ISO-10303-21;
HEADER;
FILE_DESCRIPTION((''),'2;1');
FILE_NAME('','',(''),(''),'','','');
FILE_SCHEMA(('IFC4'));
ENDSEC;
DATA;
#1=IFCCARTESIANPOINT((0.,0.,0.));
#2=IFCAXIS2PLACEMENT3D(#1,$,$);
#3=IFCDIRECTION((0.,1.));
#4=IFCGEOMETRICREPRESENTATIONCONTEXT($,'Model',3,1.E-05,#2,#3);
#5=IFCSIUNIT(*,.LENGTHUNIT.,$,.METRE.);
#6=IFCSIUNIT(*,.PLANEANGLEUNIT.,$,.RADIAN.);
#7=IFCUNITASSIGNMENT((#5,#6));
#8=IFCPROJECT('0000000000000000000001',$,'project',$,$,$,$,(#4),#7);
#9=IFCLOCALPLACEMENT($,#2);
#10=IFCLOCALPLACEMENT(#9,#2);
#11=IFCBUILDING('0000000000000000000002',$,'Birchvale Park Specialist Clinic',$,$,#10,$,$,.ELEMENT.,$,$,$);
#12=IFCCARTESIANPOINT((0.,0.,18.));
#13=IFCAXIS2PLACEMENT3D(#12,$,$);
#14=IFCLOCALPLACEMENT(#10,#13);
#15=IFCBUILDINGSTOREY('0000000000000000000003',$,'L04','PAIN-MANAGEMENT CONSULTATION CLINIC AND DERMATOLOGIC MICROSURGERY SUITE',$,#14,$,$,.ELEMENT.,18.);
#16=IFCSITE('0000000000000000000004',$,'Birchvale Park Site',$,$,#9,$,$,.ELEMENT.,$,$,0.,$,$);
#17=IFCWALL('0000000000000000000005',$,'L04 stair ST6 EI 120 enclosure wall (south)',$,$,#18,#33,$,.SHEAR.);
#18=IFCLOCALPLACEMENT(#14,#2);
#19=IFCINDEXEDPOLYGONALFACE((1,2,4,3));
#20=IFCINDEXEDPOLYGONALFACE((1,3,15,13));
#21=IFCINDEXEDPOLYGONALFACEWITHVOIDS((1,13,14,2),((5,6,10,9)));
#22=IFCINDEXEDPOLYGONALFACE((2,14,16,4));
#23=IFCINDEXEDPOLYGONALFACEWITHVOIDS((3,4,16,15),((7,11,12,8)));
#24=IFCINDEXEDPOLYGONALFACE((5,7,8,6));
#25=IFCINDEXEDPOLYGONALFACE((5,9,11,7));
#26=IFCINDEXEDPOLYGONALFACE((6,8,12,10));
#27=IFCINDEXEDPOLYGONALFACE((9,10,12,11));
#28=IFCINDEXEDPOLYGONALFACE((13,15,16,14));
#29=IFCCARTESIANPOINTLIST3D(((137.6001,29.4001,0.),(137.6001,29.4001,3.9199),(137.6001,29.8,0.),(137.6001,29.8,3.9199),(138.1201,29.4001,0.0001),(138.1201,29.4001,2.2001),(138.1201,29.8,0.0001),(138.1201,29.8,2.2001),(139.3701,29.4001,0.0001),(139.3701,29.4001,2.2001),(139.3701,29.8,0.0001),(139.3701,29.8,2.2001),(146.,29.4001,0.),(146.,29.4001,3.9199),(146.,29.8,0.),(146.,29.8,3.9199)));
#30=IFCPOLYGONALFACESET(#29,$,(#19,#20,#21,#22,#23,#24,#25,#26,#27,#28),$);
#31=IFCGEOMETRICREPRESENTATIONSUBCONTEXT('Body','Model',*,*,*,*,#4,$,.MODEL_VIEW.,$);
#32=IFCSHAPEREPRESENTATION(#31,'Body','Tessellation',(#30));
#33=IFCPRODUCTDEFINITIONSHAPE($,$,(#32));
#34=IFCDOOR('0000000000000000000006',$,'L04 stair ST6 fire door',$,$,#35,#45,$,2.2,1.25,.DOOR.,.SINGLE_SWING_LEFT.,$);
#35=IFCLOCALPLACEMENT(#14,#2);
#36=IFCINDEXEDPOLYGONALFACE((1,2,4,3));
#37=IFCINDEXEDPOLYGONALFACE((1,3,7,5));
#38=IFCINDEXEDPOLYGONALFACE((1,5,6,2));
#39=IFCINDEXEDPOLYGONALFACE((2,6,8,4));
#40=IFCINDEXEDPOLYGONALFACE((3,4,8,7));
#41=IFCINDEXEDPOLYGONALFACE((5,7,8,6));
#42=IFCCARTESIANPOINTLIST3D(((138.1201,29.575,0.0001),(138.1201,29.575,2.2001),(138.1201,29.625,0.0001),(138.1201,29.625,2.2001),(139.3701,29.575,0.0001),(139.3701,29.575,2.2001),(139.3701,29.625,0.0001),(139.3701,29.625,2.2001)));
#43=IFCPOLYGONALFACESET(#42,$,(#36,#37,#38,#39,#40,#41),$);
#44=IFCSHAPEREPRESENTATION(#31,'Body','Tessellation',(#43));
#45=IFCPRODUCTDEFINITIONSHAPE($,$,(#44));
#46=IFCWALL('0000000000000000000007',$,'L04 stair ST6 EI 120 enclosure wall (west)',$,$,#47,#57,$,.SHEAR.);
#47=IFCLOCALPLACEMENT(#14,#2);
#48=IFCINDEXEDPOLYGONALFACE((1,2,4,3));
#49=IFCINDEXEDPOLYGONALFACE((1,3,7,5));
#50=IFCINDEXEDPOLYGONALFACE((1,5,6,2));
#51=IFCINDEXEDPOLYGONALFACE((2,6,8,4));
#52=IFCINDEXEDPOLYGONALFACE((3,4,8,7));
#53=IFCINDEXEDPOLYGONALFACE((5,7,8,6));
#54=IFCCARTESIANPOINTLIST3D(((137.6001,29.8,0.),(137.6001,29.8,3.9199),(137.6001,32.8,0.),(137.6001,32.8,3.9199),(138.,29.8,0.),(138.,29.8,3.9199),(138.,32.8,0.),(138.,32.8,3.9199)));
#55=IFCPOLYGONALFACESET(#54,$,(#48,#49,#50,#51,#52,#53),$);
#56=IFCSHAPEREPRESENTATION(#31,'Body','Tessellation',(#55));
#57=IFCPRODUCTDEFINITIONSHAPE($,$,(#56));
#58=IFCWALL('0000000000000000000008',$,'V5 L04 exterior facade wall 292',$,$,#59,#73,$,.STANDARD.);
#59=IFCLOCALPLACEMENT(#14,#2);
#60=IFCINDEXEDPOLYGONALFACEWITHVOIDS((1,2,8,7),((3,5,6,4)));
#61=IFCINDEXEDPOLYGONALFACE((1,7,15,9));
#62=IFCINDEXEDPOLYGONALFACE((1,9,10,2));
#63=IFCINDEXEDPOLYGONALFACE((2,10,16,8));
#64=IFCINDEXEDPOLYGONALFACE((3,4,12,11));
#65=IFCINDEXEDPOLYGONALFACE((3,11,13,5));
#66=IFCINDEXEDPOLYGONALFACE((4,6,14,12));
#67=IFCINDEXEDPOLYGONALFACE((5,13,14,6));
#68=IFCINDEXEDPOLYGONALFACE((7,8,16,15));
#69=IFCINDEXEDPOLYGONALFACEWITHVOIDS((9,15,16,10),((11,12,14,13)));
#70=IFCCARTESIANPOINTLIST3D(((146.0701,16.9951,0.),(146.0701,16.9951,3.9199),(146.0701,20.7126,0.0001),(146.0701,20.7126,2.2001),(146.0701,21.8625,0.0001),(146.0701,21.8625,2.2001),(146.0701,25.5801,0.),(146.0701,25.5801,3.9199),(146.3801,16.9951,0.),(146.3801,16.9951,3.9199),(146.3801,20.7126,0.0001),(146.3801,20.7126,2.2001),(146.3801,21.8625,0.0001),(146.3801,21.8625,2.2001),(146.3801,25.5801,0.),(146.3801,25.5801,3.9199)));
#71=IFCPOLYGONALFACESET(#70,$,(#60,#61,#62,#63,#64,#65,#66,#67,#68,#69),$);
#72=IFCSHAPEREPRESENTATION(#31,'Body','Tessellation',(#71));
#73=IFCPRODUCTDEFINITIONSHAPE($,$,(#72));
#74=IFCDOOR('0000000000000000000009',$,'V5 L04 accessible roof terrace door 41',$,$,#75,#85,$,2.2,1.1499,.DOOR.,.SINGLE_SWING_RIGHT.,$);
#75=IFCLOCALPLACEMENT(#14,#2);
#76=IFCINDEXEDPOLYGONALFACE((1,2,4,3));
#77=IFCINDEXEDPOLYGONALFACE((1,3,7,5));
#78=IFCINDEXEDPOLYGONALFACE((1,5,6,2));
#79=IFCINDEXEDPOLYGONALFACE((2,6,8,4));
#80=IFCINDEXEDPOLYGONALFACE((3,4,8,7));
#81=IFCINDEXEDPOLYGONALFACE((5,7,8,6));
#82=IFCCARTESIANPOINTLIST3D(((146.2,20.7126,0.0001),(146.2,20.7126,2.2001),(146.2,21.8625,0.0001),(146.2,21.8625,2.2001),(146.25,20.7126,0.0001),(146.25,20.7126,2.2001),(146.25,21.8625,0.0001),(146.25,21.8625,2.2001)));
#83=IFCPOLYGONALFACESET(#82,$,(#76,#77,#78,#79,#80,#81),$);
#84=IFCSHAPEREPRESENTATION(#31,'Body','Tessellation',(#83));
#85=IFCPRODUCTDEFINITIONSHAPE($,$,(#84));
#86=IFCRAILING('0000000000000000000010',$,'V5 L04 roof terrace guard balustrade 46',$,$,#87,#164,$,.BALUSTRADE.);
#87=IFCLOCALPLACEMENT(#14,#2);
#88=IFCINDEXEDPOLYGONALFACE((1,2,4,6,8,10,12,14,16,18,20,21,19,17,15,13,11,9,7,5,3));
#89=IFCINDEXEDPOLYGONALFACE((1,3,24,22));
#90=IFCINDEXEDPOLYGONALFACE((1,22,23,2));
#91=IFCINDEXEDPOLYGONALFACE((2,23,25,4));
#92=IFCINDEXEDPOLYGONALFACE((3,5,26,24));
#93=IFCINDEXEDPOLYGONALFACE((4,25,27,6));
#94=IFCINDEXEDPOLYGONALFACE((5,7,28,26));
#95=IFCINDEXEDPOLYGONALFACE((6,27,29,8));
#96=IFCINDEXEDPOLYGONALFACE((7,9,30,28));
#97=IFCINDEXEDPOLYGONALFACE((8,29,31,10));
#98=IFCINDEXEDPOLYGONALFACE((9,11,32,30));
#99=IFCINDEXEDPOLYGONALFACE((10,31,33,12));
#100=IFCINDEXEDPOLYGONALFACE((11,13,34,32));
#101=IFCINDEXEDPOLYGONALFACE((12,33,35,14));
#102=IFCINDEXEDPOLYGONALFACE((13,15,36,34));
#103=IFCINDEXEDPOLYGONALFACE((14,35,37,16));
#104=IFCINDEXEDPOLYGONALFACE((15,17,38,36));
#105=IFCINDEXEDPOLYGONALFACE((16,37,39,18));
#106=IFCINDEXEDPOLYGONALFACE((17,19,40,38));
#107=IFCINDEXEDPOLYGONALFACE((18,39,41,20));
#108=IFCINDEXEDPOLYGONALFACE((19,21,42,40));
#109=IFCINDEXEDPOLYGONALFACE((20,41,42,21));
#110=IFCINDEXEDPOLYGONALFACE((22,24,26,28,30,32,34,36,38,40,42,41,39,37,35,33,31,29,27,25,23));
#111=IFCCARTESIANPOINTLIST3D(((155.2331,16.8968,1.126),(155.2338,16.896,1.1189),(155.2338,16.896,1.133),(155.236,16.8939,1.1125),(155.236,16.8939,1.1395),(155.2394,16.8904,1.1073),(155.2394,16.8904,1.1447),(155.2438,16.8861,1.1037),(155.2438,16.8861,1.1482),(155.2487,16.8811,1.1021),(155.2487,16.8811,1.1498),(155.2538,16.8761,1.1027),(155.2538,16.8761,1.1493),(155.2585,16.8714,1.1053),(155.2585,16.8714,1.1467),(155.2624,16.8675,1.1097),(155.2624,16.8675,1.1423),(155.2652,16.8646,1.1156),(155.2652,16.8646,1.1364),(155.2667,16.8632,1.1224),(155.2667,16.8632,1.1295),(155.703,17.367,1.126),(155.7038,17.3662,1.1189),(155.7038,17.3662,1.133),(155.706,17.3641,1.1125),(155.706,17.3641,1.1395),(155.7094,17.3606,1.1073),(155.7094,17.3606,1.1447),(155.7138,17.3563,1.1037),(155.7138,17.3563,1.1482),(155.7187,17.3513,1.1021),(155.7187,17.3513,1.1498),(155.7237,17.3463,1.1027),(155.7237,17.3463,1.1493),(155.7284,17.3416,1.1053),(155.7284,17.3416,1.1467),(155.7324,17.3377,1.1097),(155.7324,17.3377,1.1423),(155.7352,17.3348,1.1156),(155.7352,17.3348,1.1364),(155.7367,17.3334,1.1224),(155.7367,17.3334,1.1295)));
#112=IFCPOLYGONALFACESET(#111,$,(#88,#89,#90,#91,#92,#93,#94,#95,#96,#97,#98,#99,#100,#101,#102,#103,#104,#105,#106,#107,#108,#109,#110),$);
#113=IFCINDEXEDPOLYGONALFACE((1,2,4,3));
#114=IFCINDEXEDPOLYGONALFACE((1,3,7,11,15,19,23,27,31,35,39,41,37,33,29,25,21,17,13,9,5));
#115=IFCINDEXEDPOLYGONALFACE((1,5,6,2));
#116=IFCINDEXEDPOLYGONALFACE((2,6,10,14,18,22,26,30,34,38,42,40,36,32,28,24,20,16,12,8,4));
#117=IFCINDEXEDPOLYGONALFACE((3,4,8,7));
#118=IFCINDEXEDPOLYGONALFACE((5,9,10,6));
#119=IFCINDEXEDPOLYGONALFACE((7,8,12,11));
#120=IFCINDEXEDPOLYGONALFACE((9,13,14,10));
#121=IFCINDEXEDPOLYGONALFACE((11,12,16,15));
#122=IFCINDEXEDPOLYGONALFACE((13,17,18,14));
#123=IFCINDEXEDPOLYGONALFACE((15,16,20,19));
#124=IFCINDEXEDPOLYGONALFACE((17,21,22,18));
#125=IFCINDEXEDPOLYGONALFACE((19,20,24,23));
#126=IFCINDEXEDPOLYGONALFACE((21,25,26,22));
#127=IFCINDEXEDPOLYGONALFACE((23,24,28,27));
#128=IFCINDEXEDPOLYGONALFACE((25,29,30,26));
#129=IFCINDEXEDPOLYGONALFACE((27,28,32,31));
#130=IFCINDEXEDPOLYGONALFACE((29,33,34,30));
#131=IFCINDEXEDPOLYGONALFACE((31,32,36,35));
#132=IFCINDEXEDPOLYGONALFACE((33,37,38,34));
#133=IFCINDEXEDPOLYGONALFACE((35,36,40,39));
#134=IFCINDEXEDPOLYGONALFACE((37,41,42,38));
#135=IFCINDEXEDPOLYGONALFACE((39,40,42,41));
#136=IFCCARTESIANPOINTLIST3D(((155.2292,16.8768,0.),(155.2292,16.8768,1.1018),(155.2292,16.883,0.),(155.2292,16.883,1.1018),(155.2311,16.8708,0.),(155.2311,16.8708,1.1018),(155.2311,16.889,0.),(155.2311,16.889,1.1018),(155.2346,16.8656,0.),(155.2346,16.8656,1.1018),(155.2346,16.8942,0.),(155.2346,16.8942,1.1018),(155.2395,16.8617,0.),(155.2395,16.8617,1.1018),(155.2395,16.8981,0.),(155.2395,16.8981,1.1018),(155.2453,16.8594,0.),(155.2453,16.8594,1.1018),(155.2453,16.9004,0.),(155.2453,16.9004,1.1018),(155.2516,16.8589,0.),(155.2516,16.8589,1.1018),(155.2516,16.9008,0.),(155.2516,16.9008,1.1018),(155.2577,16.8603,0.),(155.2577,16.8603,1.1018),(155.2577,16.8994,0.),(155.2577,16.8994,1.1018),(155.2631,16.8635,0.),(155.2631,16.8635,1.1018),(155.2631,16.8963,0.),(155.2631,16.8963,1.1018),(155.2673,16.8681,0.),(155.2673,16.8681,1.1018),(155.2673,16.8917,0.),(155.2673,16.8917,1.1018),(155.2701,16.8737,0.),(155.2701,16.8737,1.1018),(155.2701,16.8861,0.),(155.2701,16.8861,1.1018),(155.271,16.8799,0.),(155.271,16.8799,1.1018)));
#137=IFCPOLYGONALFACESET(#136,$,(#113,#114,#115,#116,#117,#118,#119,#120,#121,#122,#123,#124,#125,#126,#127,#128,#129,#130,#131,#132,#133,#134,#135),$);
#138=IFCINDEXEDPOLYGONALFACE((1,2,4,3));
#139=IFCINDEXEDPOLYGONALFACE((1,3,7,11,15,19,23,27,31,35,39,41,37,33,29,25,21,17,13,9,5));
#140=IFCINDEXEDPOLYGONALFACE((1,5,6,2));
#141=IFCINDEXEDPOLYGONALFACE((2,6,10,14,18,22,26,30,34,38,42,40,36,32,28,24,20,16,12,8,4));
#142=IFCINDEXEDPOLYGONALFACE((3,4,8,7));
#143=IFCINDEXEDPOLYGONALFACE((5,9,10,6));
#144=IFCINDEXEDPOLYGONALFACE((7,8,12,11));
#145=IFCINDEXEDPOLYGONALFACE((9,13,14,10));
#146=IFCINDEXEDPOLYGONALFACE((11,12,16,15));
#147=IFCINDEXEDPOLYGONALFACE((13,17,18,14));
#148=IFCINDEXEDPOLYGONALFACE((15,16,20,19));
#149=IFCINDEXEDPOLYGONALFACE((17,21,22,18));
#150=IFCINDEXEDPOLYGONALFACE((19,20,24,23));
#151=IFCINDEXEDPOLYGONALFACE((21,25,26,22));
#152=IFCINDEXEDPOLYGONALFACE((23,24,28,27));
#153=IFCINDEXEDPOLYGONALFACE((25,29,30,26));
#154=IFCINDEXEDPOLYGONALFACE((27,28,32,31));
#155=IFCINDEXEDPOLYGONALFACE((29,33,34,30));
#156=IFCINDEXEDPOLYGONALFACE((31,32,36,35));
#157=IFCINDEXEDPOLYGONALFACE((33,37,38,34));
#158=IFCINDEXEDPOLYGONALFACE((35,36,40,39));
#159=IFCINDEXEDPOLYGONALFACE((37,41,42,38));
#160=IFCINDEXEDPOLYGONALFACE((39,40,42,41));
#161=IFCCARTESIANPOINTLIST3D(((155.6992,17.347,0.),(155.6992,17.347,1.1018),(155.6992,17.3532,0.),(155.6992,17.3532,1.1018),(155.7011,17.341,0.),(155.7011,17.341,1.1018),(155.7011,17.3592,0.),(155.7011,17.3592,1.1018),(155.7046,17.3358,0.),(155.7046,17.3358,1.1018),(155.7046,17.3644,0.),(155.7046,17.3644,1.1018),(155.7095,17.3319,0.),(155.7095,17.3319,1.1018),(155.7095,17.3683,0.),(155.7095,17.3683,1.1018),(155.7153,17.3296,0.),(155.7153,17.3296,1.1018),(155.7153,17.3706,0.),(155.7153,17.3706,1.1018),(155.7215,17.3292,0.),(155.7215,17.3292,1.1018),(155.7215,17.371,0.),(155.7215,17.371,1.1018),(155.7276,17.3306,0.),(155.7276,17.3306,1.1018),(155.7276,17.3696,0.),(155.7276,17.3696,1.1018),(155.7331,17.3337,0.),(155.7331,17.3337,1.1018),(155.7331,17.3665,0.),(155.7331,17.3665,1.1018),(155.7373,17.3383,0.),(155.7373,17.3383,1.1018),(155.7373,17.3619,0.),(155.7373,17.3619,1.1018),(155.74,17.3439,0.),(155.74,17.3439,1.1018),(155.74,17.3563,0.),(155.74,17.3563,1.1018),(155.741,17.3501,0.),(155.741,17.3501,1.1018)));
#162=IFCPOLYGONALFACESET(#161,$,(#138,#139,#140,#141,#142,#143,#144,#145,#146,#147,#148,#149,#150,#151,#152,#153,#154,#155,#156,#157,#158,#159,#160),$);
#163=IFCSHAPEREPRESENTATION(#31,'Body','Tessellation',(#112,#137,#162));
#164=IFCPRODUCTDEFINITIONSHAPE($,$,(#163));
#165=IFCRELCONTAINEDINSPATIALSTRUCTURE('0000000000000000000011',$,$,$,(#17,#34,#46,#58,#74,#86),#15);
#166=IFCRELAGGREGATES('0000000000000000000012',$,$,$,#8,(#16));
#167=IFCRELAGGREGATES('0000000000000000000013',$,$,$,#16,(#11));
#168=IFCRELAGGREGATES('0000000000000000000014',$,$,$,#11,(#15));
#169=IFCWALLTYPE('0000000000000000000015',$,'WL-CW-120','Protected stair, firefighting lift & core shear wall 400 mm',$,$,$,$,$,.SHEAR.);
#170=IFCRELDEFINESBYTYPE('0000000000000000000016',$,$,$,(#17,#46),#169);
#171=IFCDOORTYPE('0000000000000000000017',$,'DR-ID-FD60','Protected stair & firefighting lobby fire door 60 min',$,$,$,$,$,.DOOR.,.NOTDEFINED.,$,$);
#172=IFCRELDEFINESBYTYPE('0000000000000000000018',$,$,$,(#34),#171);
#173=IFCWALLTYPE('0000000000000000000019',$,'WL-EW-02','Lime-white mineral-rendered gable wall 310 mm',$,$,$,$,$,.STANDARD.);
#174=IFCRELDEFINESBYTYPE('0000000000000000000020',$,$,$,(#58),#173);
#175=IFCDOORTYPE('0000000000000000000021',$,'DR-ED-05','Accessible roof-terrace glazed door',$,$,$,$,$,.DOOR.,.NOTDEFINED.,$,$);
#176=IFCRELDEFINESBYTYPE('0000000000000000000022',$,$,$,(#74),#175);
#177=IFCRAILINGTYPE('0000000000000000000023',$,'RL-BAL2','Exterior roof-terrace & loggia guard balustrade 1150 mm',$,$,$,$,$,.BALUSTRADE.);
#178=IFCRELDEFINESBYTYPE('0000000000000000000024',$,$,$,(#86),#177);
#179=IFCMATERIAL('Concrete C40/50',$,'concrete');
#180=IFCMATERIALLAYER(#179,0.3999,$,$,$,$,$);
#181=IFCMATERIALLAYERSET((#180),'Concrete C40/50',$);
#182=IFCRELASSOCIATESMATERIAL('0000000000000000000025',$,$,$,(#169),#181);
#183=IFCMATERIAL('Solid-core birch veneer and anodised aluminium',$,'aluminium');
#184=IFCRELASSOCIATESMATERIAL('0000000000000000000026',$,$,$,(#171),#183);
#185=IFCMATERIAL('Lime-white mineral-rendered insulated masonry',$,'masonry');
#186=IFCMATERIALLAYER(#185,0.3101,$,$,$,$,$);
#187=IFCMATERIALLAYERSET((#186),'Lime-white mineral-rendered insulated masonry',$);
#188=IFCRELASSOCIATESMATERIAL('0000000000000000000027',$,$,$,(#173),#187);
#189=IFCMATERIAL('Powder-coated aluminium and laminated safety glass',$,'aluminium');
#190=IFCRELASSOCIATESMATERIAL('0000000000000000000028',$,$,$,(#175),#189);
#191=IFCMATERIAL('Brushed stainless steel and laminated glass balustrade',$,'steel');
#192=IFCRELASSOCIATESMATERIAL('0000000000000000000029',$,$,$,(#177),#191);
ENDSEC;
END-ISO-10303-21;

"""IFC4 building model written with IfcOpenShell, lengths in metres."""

from ifc_helpers import new_model, si_unit, direction, frame, frame_2d, origin, origin_2d, place, context, subcontext, project, spatial, rectangle, circle, extrude, material, layer, layer_set, type_object, element, fill, save


model = new_model("IFC4")

# Units and contexts
model_context = context("Model", 3, precision=1e-05, world=origin(), true_north=direction((0.0, 1.0)))
body_context = subcontext(model_context, "Body", "Model", "MODEL_VIEW")
ifc_project = project(units=[si_unit("LENGTHUNIT", "METRE"), si_unit("PLANEANGLEUNIT", "RADIAN")], contexts=[model_context])

# Site, building, storey
site_placement = place(None, origin())
site = spatial("IfcSite", under=ifc_project, at=site_placement, Name="Birchvale Park Site", CompositionType="ELEMENT", RefElevation=0.0)
building_placement = place(site_placement, origin())
building = spatial("IfcBuilding", under=site, at=building_placement, Name="Birchvale Park Specialist Clinic", CompositionType="ELEMENT")
storey_placement = place(building_placement, frame((0.0, 0.0, 18.0)))
storey = spatial("IfcBuildingStorey", under=building, at=storey_placement, Name="L04", Description="PAIN-MANAGEMENT CONSULTATION CLINIC AND DERMATOLOGIC MICROSURGERY SUITE", CompositionType="ELEMENT", Elevation=18.0)

# Shared definitions
ifc_material_1 = material(Name="Concrete C40/50", Category="concrete")

# Wall, opening, door
ifc_layer_1 = layer(ifc_material_1, 0.3999)
ifc_layer_set_1 = layer_set([ifc_layer_1], Name="Concrete C40/50")
wall_type_1 = type_object("IfcWallType", Name="WL-CW-120", Description="Protected stair, firefighting lift & core shear wall 400 mm", PredefinedType="SHEAR", material=ifc_layer_set_1)
wall_1_placement = place(storey_placement, frame((137.6001, 29.6001, 0.0), z_axis=(0.0, 0.0, 1.0), x_axis=(1.0, 0.0, 0.0)))
wall_1 = element("IfcWall", 1, at=wall_1_placement, inside=storey, type_object=wall_type_1, Name="L04 stair ST6 EI 120 enclosure wall (south)", PredefinedType="SHEAR", context=body_context, shape_type="SweptSolid", body=[
    extrude(rectangle(XDim=8.3999, YDim=0.3999, at=frame_2d((4.2, 0.0))), origin(), (0.0, 0.0, 1.0), 3.9199),
])
opening_1_placement = place(wall_1_placement, frame((0.52, 0.0, 0.0)))
opening_1 = element("IfcOpeningElement", 2, at=opening_1_placement, cuts=wall_1, PredefinedType="OPENING", context=body_context, shape_type="SweptSolid", body=[
    extrude(rectangle(XDim=1.25, YDim=2.2, at=frame_2d((0.625, 1.1001))), frame((0.0, 0.21, 0.0), z_axis=(0.0, -1.0, 0.0), x_axis=(1.0, 0.0, 0.0)), (0.0, 0.0, 1.0), 0.4199),
])
ifc_material_2 = material(Name="Solid-core birch veneer and anodised aluminium", Category="aluminium")
door_type_1 = type_object("IfcDoorType", Name="DR-ID-FD60", Description="Protected stair & firefighting lobby fire door 60 min", OperationType="NOTDEFINED", PredefinedType="DOOR", material=ifc_material_2)
door_1_placement = place(opening_1_placement, origin())
door_1 = element("IfcDoor", 3, at=door_1_placement, inside=storey, type_object=door_type_1, Name="L04 stair ST6 fire door", OperationType="SINGLE_SWING_LEFT", OverallHeight=2.2, OverallWidth=1.25, PredefinedType="DOOR", context=body_context, shape_type="SweptSolid", body=[
    extrude(rectangle(XDim=1.25, YDim=2.2, at=frame_2d((0.625, 1.1001))), frame((0.0, 0.0249, 0.0), z_axis=(0.0, -1.0, 0.0), x_axis=(1.0, 0.0, 0.0)), (0.0, 0.0, 1.0), 0.05),
])
fill(opening_1, door_1)

# Wall
wall_2_placement = place(storey_placement, frame((137.8, 29.8, 0.0), z_axis=(0.0, 0.0, 1.0), x_axis=(0.0, 1.0, 0.0)))
element("IfcWall", 4, at=wall_2_placement, inside=storey, type_object=wall_type_1, Name="L04 stair ST6 EI 120 enclosure wall (west)", PredefinedType="SHEAR", context=body_context, shape_type="SweptSolid", body=[
    extrude(rectangle(XDim=3.0, YDim=0.3999, at=frame_2d((1.5, 0.0))), origin(), (0.0, 0.0, 1.0), 3.9199),
])

# Wall, opening, door
ifc_material_3 = material(Name="Lime-white mineral-rendered insulated masonry", Category="masonry")
ifc_layer_2 = layer(ifc_material_3, 0.3101)
ifc_layer_set_2 = layer_set([ifc_layer_2], Name="Lime-white mineral-rendered insulated masonry")
wall_type_2 = type_object("IfcWallType", Name="WL-EW-02", Description="Lime-white mineral-rendered gable wall 310 mm", PredefinedType="STANDARD", material=ifc_layer_set_2)
wall_3_placement = place(storey_placement, frame((146.2251, 16.9951, 0.0), z_axis=(0.0, 0.0, 1.0), x_axis=(0.0, 1.0, 0.0)))
wall_3 = element("IfcWall", 5, at=wall_3_placement, inside=storey, type_object=wall_type_2, Name="V5 L04 exterior facade wall 292", PredefinedType="STANDARD", context=body_context, shape_type="SweptSolid", body=[
    extrude(rectangle(XDim=8.585, YDim=0.3101, at=frame_2d((4.2925, 0.0))), origin(), (0.0, 0.0, 1.0), 3.9199),
])
opening_2_placement = place(wall_3_placement, frame((3.7175, 0.0, 0.0)))
opening_2 = element("IfcOpeningElement", 6, at=opening_2_placement, cuts=wall_3, PredefinedType="OPENING", context=body_context, shape_type="SweptSolid", body=[
    extrude(rectangle(XDim=1.1499, YDim=2.2, at=frame_2d((0.575, 1.1001))), frame((0.0, 0.165, 0.0), z_axis=(0.0, -1.0, 0.0), x_axis=(1.0, 0.0, 0.0)), (0.0, 0.0, 1.0), 0.3301),
])
ifc_material_4 = material(Name="Powder-coated aluminium and laminated safety glass", Category="aluminium")
door_type_2 = type_object("IfcDoorType", Name="DR-ED-05", Description="Accessible roof-terrace glazed door", OperationType="NOTDEFINED", PredefinedType="DOOR", material=ifc_material_4)
door_2_placement = place(opening_2_placement, frame((1.1499, 0.0, 0.0), z_axis=(0.0, 0.0, 1.0), x_axis=(-1.0, 0.0, 0.0)))
door_2 = element("IfcDoor", 7, at=door_2_placement, inside=storey, type_object=door_type_2, Name="V5 L04 accessible roof terrace door 41", OperationType="SINGLE_SWING_RIGHT", OverallHeight=2.2, OverallWidth=1.1499, PredefinedType="DOOR", context=body_context, shape_type="SweptSolid", body=[
    extrude(rectangle(XDim=1.1499, YDim=2.2, at=frame_2d((0.575, 1.1001))), frame((0.0, 0.0249, 0.0), z_axis=(0.0, -1.0, 0.0), x_axis=(1.0, 0.0, 0.0)), (0.0, 0.0, 1.0), 0.05),
])
fill(opening_2, door_2)

# Railing
ifc_material_5 = material(Name="Brushed stainless steel and laminated glass balustrade", Category="steel")
railing_type_1 = type_object("IfcRailingType", Name="RL-BAL2", Description="Exterior roof-terrace & loggia guard balustrade 1150 mm", PredefinedType="BALUSTRADE", material=ifc_material_5)
railing_1_placement = place(storey_placement, frame((155.25, 16.8799, 0.0)))
element("IfcRailing", 8, at=railing_1_placement, inside=storey, type_object=railing_type_1, Name="V5 L04 roof terrace guard balustrade 46", PredefinedType="BALUSTRADE", context=body_context, shape_type="SweptSolid", body=[
    extrude(circle(Radius=0.0239, at=origin_2d()), frame((0.0, 0.0, 1.126), z_axis=(0.706923, 0.70729, 0.0), x_axis=(-0.70729, 0.706923, 0.0)), (0.0, 0.0, 1.0), 0.6648),
    extrude(circle(Radius=0.021, at=origin_2d()), origin(), (0.0, 0.0, 1.0), 1.1018),
    extrude(circle(Radius=0.021, at=origin_2d()), frame((0.47, 0.4702, 0.0)), (0.0, 0.0, 1.0), 1.1018),
])

save(model, "model.ifc")
